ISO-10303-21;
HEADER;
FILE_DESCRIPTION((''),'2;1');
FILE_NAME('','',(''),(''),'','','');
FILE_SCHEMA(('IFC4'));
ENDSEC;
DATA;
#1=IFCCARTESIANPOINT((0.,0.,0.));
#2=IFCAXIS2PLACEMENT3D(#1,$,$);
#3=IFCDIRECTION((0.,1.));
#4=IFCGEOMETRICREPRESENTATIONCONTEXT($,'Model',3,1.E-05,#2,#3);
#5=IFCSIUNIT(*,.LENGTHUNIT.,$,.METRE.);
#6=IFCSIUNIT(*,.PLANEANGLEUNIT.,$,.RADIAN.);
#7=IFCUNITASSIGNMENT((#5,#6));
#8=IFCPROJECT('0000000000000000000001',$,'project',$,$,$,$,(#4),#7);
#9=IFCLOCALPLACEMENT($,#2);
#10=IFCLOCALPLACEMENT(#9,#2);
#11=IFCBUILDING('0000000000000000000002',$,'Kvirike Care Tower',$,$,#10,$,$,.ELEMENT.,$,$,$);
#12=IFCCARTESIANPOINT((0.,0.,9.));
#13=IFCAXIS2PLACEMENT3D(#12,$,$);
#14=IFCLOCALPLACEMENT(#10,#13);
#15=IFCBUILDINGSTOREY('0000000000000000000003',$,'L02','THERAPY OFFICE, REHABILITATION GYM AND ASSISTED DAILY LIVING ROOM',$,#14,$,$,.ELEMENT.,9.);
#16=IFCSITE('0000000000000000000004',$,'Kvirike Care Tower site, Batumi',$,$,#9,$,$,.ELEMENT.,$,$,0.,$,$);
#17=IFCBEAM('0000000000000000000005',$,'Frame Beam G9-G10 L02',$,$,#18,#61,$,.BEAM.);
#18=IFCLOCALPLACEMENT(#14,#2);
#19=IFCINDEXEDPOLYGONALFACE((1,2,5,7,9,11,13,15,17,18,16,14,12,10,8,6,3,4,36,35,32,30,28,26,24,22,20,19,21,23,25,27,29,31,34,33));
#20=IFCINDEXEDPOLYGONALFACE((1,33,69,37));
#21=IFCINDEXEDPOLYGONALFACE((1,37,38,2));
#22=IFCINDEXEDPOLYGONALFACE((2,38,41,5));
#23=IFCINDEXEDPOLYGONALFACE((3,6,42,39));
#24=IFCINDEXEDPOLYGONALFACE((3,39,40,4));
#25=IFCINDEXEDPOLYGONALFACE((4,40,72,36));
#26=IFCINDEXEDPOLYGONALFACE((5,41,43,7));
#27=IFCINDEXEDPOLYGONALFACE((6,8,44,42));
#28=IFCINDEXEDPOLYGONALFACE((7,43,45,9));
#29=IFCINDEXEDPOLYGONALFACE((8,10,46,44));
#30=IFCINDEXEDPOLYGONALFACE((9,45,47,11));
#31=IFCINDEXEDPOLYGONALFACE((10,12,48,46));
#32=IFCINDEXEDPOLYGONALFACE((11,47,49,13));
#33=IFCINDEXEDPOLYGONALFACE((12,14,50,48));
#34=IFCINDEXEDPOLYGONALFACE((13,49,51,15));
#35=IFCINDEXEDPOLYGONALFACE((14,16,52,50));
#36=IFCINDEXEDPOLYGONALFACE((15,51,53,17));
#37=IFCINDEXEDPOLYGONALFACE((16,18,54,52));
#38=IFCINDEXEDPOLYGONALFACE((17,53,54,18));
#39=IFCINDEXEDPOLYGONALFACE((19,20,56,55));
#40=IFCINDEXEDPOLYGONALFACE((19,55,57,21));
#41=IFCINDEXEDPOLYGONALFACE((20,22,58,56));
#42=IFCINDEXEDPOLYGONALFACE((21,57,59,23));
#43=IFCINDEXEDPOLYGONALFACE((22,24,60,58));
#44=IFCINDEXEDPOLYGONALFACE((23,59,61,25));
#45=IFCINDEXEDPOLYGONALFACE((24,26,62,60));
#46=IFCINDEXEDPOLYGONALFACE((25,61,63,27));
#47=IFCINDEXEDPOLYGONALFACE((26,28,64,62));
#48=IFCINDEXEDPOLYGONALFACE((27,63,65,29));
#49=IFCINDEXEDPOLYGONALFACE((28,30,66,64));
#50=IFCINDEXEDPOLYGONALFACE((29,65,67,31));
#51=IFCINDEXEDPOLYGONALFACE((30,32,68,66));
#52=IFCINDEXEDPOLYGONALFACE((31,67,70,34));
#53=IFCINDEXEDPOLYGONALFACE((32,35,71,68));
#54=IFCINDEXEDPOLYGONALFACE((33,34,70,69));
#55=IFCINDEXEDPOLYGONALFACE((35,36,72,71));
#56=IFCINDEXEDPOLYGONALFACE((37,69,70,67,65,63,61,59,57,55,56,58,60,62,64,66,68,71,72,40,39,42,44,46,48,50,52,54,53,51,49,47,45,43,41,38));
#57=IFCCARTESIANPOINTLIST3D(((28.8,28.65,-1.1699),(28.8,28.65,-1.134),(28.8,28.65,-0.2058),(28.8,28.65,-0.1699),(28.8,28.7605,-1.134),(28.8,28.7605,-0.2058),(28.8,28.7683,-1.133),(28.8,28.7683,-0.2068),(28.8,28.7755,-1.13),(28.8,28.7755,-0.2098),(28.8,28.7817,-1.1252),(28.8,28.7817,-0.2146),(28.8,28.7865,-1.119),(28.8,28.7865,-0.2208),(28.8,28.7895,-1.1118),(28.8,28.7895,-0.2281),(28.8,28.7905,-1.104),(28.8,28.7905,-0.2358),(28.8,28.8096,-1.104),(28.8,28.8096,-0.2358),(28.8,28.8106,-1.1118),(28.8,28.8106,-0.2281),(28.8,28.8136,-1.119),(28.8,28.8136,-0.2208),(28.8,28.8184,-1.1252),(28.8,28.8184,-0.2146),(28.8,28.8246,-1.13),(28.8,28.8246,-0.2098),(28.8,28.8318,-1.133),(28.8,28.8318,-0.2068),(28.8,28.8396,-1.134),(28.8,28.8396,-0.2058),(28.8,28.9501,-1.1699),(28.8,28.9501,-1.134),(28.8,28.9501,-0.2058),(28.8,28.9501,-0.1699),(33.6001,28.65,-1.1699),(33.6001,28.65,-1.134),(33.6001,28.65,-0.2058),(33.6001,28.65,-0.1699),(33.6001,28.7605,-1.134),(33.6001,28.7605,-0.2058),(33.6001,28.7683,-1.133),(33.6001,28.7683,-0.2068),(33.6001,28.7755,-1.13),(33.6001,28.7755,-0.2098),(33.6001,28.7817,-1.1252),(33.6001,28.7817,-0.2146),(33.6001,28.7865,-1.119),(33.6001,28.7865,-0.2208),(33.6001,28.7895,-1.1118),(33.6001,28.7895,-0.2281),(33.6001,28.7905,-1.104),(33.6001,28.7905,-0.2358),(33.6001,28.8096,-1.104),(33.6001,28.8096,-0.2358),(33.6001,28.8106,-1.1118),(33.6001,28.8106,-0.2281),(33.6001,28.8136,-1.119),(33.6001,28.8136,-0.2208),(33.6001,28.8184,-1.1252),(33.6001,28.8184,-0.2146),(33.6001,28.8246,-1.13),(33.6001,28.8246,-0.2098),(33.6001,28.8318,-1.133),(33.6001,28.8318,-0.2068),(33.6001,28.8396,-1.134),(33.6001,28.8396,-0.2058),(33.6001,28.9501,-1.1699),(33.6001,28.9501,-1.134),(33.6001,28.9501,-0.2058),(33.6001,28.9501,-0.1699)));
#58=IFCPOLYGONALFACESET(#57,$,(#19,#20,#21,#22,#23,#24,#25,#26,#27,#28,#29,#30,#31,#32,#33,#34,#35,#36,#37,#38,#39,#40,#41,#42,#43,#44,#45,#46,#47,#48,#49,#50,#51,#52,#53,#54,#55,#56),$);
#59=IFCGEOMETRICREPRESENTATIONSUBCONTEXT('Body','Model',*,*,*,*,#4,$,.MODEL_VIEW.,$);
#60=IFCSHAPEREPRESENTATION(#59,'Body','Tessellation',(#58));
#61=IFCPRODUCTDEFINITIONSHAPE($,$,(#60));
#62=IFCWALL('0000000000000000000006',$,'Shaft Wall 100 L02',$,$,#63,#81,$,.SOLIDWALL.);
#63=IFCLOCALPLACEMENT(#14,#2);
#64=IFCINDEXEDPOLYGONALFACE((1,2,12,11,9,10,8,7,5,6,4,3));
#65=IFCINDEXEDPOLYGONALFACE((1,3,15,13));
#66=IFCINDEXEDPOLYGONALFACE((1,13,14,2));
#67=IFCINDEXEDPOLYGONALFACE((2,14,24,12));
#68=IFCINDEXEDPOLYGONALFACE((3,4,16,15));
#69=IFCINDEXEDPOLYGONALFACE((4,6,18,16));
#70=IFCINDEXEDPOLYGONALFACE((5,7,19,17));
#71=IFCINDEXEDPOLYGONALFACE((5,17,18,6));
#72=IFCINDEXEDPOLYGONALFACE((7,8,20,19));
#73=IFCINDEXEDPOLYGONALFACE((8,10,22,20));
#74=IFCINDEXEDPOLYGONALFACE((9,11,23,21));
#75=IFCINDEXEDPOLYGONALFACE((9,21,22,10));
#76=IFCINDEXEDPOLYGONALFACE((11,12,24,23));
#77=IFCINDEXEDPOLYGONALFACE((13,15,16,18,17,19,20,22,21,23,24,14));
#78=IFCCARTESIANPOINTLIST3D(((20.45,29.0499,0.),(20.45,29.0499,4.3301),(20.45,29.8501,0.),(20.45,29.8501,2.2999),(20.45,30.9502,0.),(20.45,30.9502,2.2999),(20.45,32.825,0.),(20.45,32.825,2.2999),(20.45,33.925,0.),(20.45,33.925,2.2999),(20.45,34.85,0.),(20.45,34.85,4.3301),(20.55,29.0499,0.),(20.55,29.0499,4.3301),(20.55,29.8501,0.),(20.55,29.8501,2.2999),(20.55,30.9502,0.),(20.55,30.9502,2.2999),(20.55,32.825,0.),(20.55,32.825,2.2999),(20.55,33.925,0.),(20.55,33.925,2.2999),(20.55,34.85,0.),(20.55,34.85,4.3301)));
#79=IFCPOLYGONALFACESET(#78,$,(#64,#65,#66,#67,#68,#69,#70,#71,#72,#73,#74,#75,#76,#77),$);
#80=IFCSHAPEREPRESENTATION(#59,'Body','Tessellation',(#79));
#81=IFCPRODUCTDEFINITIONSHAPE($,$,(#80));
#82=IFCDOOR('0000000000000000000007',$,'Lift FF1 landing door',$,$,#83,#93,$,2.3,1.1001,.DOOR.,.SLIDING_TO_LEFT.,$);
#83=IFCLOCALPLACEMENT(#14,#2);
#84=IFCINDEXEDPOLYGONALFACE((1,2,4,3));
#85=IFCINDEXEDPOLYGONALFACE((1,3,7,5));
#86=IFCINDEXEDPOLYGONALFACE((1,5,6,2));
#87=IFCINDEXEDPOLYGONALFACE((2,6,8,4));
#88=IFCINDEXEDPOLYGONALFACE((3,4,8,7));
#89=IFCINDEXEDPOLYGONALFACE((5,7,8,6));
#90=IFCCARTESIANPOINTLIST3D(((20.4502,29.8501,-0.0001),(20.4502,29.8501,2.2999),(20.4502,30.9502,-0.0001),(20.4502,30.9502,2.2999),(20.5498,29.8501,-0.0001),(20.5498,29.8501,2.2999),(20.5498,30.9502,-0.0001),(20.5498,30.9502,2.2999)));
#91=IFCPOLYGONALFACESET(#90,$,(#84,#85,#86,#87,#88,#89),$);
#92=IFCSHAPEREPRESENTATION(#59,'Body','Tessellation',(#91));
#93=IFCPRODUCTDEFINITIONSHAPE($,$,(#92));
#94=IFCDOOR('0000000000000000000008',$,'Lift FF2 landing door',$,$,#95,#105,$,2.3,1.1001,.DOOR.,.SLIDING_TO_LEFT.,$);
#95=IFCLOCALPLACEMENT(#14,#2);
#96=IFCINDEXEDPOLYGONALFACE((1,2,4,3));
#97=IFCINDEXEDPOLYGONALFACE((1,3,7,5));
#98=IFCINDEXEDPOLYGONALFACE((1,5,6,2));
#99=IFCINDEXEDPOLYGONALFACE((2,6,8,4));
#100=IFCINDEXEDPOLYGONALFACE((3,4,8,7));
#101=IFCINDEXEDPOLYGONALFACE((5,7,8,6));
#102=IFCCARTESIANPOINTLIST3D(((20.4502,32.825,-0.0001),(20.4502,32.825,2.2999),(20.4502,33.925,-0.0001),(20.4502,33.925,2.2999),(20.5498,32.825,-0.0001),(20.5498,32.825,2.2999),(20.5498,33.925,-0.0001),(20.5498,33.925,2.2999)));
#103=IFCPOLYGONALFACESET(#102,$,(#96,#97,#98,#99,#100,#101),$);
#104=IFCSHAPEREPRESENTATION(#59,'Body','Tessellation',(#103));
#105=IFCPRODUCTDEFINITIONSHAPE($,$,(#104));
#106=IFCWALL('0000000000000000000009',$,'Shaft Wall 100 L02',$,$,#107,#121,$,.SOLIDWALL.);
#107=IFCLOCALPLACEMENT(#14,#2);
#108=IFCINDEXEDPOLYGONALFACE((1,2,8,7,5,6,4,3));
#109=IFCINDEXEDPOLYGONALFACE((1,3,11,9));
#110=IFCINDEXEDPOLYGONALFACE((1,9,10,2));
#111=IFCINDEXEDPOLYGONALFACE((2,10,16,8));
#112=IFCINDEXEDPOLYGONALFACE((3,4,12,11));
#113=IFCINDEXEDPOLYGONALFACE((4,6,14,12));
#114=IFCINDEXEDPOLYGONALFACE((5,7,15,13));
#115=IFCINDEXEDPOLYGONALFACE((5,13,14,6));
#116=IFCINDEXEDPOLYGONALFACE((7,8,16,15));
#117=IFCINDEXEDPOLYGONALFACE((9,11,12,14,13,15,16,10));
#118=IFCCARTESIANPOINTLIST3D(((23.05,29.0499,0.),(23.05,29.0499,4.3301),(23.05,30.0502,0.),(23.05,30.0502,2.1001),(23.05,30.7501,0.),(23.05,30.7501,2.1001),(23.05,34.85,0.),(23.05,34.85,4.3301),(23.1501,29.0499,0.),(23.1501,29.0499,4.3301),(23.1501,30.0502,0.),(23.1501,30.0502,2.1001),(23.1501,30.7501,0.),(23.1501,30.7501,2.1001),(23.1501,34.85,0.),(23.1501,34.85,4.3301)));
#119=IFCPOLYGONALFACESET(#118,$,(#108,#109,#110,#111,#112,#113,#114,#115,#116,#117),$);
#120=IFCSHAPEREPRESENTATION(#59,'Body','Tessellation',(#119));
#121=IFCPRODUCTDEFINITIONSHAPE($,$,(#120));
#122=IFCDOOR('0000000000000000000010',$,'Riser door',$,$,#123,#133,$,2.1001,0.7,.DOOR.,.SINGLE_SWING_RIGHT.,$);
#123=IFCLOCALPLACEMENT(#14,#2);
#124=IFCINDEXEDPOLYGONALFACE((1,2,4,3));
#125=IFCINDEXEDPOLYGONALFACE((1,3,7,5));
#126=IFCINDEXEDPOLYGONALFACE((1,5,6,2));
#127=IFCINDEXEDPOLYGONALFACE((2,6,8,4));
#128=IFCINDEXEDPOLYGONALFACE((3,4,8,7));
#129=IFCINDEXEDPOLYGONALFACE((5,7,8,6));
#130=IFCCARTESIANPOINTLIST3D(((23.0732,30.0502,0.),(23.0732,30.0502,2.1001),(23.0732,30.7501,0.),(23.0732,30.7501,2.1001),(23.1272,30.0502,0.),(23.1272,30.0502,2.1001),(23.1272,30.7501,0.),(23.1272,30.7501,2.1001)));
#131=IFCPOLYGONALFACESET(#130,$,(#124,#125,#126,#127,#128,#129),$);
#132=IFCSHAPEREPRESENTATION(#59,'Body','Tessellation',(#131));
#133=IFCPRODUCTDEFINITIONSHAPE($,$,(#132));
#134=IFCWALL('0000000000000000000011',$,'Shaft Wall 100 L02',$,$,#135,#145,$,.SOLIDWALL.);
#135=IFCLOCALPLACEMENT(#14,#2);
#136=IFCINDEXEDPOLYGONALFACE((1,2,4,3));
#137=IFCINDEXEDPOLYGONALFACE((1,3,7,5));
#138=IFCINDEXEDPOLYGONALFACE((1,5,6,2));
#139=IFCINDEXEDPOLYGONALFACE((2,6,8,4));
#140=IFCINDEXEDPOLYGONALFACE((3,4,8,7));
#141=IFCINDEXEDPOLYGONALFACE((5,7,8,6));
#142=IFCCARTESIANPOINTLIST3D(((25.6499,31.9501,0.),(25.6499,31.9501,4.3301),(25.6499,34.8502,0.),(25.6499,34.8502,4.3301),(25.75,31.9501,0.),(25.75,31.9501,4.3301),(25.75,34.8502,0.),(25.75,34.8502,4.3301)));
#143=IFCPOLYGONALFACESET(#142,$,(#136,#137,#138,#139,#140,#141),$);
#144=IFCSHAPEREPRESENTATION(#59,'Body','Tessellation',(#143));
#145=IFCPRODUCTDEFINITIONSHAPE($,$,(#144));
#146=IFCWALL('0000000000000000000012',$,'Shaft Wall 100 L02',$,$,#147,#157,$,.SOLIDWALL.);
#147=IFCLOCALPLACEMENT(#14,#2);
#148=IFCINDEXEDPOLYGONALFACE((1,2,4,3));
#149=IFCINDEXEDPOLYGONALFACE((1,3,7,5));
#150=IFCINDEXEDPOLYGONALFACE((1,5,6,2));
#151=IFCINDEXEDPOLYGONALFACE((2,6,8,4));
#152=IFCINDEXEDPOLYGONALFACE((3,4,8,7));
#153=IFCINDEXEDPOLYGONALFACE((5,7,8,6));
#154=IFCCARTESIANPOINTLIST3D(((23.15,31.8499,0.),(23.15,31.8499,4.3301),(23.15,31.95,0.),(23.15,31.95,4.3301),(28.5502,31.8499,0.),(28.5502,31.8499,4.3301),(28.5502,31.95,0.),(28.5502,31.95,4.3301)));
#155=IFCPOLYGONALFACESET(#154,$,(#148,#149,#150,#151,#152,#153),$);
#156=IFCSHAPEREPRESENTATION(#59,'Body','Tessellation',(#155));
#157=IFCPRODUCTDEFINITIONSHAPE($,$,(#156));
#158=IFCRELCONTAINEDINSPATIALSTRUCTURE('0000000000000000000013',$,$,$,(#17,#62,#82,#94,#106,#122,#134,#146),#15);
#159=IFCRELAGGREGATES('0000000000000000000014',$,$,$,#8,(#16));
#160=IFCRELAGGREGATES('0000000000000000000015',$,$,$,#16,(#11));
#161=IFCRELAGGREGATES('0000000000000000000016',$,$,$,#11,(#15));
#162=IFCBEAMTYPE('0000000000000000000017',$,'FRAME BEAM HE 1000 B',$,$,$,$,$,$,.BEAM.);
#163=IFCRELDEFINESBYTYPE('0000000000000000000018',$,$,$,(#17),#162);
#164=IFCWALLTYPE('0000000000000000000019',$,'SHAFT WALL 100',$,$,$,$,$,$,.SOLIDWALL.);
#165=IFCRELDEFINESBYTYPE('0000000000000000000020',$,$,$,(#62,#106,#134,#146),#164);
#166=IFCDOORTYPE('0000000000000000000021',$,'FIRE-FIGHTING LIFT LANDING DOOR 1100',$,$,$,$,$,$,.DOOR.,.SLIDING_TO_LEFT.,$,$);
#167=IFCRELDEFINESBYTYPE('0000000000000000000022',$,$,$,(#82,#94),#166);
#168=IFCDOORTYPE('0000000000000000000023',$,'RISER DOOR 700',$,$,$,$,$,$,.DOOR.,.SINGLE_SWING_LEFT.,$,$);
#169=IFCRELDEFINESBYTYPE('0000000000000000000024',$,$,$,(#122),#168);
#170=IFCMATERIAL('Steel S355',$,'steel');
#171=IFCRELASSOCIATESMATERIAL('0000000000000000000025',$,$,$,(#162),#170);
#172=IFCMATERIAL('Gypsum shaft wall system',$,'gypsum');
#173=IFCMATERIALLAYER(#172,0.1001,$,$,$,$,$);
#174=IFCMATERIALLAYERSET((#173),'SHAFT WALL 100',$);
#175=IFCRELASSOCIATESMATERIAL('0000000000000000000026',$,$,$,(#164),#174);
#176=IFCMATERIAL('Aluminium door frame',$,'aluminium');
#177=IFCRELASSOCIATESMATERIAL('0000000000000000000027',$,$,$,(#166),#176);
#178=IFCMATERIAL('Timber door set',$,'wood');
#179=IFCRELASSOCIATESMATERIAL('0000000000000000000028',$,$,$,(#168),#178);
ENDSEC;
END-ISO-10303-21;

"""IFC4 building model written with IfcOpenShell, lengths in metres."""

from ifc_helpers import new_model, si_unit, direction, frame, frame_2d, origin, origin_2d, place, context, subcontext, project, spatial, rectangle, i_section, extrude, material, layer, layer_set, material_profile, profile_set, type_object, element, fill, save


model = new_model("IFC4")

# Units and contexts
model_context = context("Model", 3, precision=1e-05, world=origin(), true_north=direction((0.0, 1.0)))
body_context = subcontext(model_context, "Body", "Model", "MODEL_VIEW")
ifc_project = project(units=[si_unit("LENGTHUNIT", "METRE"), si_unit("PLANEANGLEUNIT", "RADIAN")], contexts=[model_context])

# Site, building, storey
site_placement = place(None, origin())
site = spatial("IfcSite", under=ifc_project, at=site_placement, Name="Kvirike Care Tower site, Batumi", CompositionType="ELEMENT", RefElevation=0.0)
building_placement = place(site_placement, origin())
building = spatial("IfcBuilding", under=site, at=building_placement, Name="Kvirike Care Tower", CompositionType="ELEMENT")
storey_placement = place(building_placement, frame((0.0, 0.0, 9.0)))
storey = spatial("IfcBuildingStorey", under=building, at=storey_placement, Name="L02", Description="THERAPY OFFICE, REHABILITATION GYM AND ASSISTED DAILY LIVING ROOM", CompositionType="ELEMENT", Elevation=9.0)

# Beam
ifc_material_1 = material(Name="Steel S355", Category="steel")
ifc_material_profile = material_profile(ifc_material_1, i_section(OverallWidth=0.3, OverallDepth=1.0, WebThickness=0.019, FlangeThickness=0.0359, FilletRadius=0.03, at=origin_2d()), Name="HE 1000 B")
ifc_profile_set = profile_set([ifc_material_profile], Name="Steel S355")
beam_type = type_object("IfcBeamType", Name="FRAME BEAM HE 1000 B", PredefinedType="BEAM", material=ifc_profile_set)
beam_placement = place(storey_placement, frame((28.8, 28.8, -0.6699), z_axis=(1.0, 0.0, 0.0), x_axis=(0.0, 1.0, 0.0)))
element("IfcBeam", 1, at=beam_placement, inside=storey, type_object=beam_type, Name="Frame Beam G9-G10 L02", PredefinedType="BEAM", context=body_context, shape_type="SweptSolid", body=[
    extrude(i_section(OverallWidth=0.3, OverallDepth=1.0, WebThickness=0.019, FlangeThickness=0.0359, FilletRadius=0.03, at=origin_2d()), origin(), (0.0, 0.0, 1.0), 4.8),
])

# Wall, openings, doors
ifc_material_2 = material(Name="Gypsum shaft wall system", Category="gypsum")
ifc_layer_1 = layer(ifc_material_2, 0.1001)
ifc_layer_set_1 = layer_set([ifc_layer_1], Name="SHAFT WALL 100")
wall_type_1 = type_object("IfcWallType", Name="SHAFT WALL 100", PredefinedType="SOLIDWALL", material=ifc_layer_set_1)
wall_1_placement = place(storey_placement, frame((20.5, 29.05, 0.0), z_axis=(0.0, 0.0, 1.0), x_axis=(0.0, 1.0, 0.0)))
wall_1 = element("IfcWall", 2, at=wall_1_placement, inside=storey, type_object=wall_type_1, Name="Shaft Wall 100 L02", PredefinedType="SOLIDWALL", context=body_context, shape_type="SweptSolid", body=[
    extrude(rectangle(XDim=5.8, YDim=0.1001, at=frame_2d((2.8999, 0.0))), origin(), (0.0, 0.0, 1.0), 4.3301),
])
opening_1_placement = place(wall_1_placement, frame((0.8, 0.0, 0.0)))
opening_1 = element("IfcOpeningElement", 3, at=opening_1_placement, cuts=wall_1, PredefinedType="OPENING", context=body_context, shape_type="SweptSolid", body=[
    extrude(rectangle(XDim=1.1001, YDim=2.3, at=frame_2d((0.55, 1.1499))), frame((0.0, 0.0605, 0.0), z_axis=(0.0, -1.0, 0.0), x_axis=(1.0, 0.0, 0.0)), (0.0, 0.0, 1.0), 0.1211),
])
opening_2_placement = place(wall_1_placement, frame((3.7749, 0.0, 0.0)))
opening_2 = element("IfcOpeningElement", 4, at=opening_2_placement, cuts=wall_1, PredefinedType="OPENING", context=body_context, shape_type="SweptSolid", body=[
    extrude(rectangle(XDim=1.1001, YDim=2.3, at=frame_2d((0.55, 1.1499))), frame((0.0, 0.0605, 0.0), z_axis=(0.0, -1.0, 0.0), x_axis=(1.0, 0.0, 0.0)), (0.0, 0.0, 1.0), 0.1211),
])
ifc_material_3 = material(Name="Aluminium door frame", Category="aluminium")
door_type_1 = type_object("IfcDoorType", Name="FIRE-FIGHTING LIFT LANDING DOOR 1100", OperationType="SLIDING_TO_LEFT", PredefinedType="DOOR", material=ifc_material_3)
door_1_placement = place(opening_1_placement, origin())
door_1 = element("IfcDoor", 5, at=door_1_placement, inside=storey, type_object=door_type_1, Name="Lift FF1 landing door", OperationType="SLIDING_TO_LEFT", OverallHeight=2.3, OverallWidth=1.1001, PredefinedType="DOOR", context=body_context, shape_type="SweptSolid", body=[
    extrude(rectangle(XDim=1.1001, YDim=2.3, at=frame_2d((0.55, 1.1499))), frame((0.0, 0.0498, 0.0), z_axis=(0.0, -1.0, 0.0), x_axis=(1.0, 0.0, 0.0)), (0.0, 0.0, 1.0), 0.0996),
])
fill(opening_1, door_1)
door_2_placement = place(opening_2_placement, origin())
door_2 = element("IfcDoor", 6, at=door_2_placement, inside=storey, type_object=door_type_1, Name="Lift FF2 landing door", OperationType="SLIDING_TO_LEFT", OverallHeight=2.3, OverallWidth=1.1001, PredefinedType="DOOR", context=body_context, shape_type="SweptSolid", body=[
    extrude(rectangle(XDim=1.1001, YDim=2.3, at=frame_2d((0.55, 1.1499))), frame((0.0, 0.0498, 0.0), z_axis=(0.0, -1.0, 0.0), x_axis=(1.0, 0.0, 0.0)), (0.0, 0.0, 1.0), 0.0996),
])
fill(opening_2, door_2)

# Wall, opening, door
wall_2_placement = place(storey_placement, frame((23.1001, 29.05, 0.0), z_axis=(0.0, 0.0, 1.0), x_axis=(0.0, 1.0, 0.0)))
wall_2 = element("IfcWall", 7, at=wall_2_placement, inside=storey, type_object=wall_type_1, Name="Shaft Wall 100 L02", PredefinedType="SOLIDWALL", context=body_context, shape_type="SweptSolid", body=[
    extrude(rectangle(XDim=5.8, YDim=0.1001, at=frame_2d((2.8999, 0.0))), origin(), (0.0, 0.0, 1.0), 4.3301),
])
opening_3_placement = place(wall_2_placement, frame((1.0, 0.0, 0.0)))
opening_3 = element("IfcOpeningElement", 8, at=opening_3_placement, cuts=wall_2, PredefinedType="OPENING", context=body_context, shape_type="SweptSolid", body=[
    extrude(rectangle(XDim=0.7, YDim=2.1001, at=frame_2d((0.3501, 1.05))), frame((0.0, 0.0605, 0.0), z_axis=(0.0, -1.0, 0.0), x_axis=(1.0, 0.0, 0.0)), (0.0, 0.0, 1.0), 0.1211),
])
ifc_material_4 = material(Name="Timber door set", Category="wood")
door_type_2 = type_object("IfcDoorType", Name="RISER DOOR 700", OperationType="SINGLE_SWING_LEFT", PredefinedType="DOOR", material=ifc_material_4)
door_3_placement = place(opening_3_placement, origin())
door_3 = element("IfcDoor", 9, at=door_3_placement, inside=storey, type_object=door_type_2, Name="Riser door", OperationType="SINGLE_SWING_RIGHT", OverallHeight=2.1001, OverallWidth=0.7, PredefinedType="DOOR", context=body_context, shape_type="SweptSolid", body=[
    extrude(rectangle(XDim=0.7, YDim=2.1001, at=frame_2d((0.3501, 1.05))), frame((0.0, 0.0269, 0.0), z_axis=(0.0, -1.0, 0.0), x_axis=(1.0, 0.0, 0.0)), (0.0, 0.0, 1.0), 0.054),
])
fill(opening_3, door_3)

# Walls
wall_3_placement = place(storey_placement, frame((25.7, 31.95, 0.0), z_axis=(0.0, 0.0, 1.0), x_axis=(0.0, 1.0, 0.0)))
element("IfcWall", 10, at=wall_3_placement, inside=storey, type_object=wall_type_1, Name="Shaft Wall 100 L02", PredefinedType="SOLIDWALL", context=body_context, shape_type="SweptSolid", body=[
    extrude(rectangle(XDim=2.9001, YDim=0.1001, at=frame_2d((1.4502, 0.0))), origin(), (0.0, 0.0, 1.0), 4.3301),
])
wall_4_placement = place(storey_placement, frame((23.1499, 31.8999, 0.0), z_axis=(0.0, 0.0, 1.0), x_axis=(1.0, 0.0, 0.0)))
element("IfcWall", 11, at=wall_4_placement, inside=storey, type_object=wall_type_1, Name="Shaft Wall 100 L02", PredefinedType="SOLIDWALL", context=body_context, shape_type="SweptSolid", body=[
    extrude(rectangle(XDim=5.4001, YDim=0.1001, at=frame_2d((2.7002, 0.0))), origin(), (0.0, 0.0, 1.0), 4.3301),
])

save(model, "model.ifc")
